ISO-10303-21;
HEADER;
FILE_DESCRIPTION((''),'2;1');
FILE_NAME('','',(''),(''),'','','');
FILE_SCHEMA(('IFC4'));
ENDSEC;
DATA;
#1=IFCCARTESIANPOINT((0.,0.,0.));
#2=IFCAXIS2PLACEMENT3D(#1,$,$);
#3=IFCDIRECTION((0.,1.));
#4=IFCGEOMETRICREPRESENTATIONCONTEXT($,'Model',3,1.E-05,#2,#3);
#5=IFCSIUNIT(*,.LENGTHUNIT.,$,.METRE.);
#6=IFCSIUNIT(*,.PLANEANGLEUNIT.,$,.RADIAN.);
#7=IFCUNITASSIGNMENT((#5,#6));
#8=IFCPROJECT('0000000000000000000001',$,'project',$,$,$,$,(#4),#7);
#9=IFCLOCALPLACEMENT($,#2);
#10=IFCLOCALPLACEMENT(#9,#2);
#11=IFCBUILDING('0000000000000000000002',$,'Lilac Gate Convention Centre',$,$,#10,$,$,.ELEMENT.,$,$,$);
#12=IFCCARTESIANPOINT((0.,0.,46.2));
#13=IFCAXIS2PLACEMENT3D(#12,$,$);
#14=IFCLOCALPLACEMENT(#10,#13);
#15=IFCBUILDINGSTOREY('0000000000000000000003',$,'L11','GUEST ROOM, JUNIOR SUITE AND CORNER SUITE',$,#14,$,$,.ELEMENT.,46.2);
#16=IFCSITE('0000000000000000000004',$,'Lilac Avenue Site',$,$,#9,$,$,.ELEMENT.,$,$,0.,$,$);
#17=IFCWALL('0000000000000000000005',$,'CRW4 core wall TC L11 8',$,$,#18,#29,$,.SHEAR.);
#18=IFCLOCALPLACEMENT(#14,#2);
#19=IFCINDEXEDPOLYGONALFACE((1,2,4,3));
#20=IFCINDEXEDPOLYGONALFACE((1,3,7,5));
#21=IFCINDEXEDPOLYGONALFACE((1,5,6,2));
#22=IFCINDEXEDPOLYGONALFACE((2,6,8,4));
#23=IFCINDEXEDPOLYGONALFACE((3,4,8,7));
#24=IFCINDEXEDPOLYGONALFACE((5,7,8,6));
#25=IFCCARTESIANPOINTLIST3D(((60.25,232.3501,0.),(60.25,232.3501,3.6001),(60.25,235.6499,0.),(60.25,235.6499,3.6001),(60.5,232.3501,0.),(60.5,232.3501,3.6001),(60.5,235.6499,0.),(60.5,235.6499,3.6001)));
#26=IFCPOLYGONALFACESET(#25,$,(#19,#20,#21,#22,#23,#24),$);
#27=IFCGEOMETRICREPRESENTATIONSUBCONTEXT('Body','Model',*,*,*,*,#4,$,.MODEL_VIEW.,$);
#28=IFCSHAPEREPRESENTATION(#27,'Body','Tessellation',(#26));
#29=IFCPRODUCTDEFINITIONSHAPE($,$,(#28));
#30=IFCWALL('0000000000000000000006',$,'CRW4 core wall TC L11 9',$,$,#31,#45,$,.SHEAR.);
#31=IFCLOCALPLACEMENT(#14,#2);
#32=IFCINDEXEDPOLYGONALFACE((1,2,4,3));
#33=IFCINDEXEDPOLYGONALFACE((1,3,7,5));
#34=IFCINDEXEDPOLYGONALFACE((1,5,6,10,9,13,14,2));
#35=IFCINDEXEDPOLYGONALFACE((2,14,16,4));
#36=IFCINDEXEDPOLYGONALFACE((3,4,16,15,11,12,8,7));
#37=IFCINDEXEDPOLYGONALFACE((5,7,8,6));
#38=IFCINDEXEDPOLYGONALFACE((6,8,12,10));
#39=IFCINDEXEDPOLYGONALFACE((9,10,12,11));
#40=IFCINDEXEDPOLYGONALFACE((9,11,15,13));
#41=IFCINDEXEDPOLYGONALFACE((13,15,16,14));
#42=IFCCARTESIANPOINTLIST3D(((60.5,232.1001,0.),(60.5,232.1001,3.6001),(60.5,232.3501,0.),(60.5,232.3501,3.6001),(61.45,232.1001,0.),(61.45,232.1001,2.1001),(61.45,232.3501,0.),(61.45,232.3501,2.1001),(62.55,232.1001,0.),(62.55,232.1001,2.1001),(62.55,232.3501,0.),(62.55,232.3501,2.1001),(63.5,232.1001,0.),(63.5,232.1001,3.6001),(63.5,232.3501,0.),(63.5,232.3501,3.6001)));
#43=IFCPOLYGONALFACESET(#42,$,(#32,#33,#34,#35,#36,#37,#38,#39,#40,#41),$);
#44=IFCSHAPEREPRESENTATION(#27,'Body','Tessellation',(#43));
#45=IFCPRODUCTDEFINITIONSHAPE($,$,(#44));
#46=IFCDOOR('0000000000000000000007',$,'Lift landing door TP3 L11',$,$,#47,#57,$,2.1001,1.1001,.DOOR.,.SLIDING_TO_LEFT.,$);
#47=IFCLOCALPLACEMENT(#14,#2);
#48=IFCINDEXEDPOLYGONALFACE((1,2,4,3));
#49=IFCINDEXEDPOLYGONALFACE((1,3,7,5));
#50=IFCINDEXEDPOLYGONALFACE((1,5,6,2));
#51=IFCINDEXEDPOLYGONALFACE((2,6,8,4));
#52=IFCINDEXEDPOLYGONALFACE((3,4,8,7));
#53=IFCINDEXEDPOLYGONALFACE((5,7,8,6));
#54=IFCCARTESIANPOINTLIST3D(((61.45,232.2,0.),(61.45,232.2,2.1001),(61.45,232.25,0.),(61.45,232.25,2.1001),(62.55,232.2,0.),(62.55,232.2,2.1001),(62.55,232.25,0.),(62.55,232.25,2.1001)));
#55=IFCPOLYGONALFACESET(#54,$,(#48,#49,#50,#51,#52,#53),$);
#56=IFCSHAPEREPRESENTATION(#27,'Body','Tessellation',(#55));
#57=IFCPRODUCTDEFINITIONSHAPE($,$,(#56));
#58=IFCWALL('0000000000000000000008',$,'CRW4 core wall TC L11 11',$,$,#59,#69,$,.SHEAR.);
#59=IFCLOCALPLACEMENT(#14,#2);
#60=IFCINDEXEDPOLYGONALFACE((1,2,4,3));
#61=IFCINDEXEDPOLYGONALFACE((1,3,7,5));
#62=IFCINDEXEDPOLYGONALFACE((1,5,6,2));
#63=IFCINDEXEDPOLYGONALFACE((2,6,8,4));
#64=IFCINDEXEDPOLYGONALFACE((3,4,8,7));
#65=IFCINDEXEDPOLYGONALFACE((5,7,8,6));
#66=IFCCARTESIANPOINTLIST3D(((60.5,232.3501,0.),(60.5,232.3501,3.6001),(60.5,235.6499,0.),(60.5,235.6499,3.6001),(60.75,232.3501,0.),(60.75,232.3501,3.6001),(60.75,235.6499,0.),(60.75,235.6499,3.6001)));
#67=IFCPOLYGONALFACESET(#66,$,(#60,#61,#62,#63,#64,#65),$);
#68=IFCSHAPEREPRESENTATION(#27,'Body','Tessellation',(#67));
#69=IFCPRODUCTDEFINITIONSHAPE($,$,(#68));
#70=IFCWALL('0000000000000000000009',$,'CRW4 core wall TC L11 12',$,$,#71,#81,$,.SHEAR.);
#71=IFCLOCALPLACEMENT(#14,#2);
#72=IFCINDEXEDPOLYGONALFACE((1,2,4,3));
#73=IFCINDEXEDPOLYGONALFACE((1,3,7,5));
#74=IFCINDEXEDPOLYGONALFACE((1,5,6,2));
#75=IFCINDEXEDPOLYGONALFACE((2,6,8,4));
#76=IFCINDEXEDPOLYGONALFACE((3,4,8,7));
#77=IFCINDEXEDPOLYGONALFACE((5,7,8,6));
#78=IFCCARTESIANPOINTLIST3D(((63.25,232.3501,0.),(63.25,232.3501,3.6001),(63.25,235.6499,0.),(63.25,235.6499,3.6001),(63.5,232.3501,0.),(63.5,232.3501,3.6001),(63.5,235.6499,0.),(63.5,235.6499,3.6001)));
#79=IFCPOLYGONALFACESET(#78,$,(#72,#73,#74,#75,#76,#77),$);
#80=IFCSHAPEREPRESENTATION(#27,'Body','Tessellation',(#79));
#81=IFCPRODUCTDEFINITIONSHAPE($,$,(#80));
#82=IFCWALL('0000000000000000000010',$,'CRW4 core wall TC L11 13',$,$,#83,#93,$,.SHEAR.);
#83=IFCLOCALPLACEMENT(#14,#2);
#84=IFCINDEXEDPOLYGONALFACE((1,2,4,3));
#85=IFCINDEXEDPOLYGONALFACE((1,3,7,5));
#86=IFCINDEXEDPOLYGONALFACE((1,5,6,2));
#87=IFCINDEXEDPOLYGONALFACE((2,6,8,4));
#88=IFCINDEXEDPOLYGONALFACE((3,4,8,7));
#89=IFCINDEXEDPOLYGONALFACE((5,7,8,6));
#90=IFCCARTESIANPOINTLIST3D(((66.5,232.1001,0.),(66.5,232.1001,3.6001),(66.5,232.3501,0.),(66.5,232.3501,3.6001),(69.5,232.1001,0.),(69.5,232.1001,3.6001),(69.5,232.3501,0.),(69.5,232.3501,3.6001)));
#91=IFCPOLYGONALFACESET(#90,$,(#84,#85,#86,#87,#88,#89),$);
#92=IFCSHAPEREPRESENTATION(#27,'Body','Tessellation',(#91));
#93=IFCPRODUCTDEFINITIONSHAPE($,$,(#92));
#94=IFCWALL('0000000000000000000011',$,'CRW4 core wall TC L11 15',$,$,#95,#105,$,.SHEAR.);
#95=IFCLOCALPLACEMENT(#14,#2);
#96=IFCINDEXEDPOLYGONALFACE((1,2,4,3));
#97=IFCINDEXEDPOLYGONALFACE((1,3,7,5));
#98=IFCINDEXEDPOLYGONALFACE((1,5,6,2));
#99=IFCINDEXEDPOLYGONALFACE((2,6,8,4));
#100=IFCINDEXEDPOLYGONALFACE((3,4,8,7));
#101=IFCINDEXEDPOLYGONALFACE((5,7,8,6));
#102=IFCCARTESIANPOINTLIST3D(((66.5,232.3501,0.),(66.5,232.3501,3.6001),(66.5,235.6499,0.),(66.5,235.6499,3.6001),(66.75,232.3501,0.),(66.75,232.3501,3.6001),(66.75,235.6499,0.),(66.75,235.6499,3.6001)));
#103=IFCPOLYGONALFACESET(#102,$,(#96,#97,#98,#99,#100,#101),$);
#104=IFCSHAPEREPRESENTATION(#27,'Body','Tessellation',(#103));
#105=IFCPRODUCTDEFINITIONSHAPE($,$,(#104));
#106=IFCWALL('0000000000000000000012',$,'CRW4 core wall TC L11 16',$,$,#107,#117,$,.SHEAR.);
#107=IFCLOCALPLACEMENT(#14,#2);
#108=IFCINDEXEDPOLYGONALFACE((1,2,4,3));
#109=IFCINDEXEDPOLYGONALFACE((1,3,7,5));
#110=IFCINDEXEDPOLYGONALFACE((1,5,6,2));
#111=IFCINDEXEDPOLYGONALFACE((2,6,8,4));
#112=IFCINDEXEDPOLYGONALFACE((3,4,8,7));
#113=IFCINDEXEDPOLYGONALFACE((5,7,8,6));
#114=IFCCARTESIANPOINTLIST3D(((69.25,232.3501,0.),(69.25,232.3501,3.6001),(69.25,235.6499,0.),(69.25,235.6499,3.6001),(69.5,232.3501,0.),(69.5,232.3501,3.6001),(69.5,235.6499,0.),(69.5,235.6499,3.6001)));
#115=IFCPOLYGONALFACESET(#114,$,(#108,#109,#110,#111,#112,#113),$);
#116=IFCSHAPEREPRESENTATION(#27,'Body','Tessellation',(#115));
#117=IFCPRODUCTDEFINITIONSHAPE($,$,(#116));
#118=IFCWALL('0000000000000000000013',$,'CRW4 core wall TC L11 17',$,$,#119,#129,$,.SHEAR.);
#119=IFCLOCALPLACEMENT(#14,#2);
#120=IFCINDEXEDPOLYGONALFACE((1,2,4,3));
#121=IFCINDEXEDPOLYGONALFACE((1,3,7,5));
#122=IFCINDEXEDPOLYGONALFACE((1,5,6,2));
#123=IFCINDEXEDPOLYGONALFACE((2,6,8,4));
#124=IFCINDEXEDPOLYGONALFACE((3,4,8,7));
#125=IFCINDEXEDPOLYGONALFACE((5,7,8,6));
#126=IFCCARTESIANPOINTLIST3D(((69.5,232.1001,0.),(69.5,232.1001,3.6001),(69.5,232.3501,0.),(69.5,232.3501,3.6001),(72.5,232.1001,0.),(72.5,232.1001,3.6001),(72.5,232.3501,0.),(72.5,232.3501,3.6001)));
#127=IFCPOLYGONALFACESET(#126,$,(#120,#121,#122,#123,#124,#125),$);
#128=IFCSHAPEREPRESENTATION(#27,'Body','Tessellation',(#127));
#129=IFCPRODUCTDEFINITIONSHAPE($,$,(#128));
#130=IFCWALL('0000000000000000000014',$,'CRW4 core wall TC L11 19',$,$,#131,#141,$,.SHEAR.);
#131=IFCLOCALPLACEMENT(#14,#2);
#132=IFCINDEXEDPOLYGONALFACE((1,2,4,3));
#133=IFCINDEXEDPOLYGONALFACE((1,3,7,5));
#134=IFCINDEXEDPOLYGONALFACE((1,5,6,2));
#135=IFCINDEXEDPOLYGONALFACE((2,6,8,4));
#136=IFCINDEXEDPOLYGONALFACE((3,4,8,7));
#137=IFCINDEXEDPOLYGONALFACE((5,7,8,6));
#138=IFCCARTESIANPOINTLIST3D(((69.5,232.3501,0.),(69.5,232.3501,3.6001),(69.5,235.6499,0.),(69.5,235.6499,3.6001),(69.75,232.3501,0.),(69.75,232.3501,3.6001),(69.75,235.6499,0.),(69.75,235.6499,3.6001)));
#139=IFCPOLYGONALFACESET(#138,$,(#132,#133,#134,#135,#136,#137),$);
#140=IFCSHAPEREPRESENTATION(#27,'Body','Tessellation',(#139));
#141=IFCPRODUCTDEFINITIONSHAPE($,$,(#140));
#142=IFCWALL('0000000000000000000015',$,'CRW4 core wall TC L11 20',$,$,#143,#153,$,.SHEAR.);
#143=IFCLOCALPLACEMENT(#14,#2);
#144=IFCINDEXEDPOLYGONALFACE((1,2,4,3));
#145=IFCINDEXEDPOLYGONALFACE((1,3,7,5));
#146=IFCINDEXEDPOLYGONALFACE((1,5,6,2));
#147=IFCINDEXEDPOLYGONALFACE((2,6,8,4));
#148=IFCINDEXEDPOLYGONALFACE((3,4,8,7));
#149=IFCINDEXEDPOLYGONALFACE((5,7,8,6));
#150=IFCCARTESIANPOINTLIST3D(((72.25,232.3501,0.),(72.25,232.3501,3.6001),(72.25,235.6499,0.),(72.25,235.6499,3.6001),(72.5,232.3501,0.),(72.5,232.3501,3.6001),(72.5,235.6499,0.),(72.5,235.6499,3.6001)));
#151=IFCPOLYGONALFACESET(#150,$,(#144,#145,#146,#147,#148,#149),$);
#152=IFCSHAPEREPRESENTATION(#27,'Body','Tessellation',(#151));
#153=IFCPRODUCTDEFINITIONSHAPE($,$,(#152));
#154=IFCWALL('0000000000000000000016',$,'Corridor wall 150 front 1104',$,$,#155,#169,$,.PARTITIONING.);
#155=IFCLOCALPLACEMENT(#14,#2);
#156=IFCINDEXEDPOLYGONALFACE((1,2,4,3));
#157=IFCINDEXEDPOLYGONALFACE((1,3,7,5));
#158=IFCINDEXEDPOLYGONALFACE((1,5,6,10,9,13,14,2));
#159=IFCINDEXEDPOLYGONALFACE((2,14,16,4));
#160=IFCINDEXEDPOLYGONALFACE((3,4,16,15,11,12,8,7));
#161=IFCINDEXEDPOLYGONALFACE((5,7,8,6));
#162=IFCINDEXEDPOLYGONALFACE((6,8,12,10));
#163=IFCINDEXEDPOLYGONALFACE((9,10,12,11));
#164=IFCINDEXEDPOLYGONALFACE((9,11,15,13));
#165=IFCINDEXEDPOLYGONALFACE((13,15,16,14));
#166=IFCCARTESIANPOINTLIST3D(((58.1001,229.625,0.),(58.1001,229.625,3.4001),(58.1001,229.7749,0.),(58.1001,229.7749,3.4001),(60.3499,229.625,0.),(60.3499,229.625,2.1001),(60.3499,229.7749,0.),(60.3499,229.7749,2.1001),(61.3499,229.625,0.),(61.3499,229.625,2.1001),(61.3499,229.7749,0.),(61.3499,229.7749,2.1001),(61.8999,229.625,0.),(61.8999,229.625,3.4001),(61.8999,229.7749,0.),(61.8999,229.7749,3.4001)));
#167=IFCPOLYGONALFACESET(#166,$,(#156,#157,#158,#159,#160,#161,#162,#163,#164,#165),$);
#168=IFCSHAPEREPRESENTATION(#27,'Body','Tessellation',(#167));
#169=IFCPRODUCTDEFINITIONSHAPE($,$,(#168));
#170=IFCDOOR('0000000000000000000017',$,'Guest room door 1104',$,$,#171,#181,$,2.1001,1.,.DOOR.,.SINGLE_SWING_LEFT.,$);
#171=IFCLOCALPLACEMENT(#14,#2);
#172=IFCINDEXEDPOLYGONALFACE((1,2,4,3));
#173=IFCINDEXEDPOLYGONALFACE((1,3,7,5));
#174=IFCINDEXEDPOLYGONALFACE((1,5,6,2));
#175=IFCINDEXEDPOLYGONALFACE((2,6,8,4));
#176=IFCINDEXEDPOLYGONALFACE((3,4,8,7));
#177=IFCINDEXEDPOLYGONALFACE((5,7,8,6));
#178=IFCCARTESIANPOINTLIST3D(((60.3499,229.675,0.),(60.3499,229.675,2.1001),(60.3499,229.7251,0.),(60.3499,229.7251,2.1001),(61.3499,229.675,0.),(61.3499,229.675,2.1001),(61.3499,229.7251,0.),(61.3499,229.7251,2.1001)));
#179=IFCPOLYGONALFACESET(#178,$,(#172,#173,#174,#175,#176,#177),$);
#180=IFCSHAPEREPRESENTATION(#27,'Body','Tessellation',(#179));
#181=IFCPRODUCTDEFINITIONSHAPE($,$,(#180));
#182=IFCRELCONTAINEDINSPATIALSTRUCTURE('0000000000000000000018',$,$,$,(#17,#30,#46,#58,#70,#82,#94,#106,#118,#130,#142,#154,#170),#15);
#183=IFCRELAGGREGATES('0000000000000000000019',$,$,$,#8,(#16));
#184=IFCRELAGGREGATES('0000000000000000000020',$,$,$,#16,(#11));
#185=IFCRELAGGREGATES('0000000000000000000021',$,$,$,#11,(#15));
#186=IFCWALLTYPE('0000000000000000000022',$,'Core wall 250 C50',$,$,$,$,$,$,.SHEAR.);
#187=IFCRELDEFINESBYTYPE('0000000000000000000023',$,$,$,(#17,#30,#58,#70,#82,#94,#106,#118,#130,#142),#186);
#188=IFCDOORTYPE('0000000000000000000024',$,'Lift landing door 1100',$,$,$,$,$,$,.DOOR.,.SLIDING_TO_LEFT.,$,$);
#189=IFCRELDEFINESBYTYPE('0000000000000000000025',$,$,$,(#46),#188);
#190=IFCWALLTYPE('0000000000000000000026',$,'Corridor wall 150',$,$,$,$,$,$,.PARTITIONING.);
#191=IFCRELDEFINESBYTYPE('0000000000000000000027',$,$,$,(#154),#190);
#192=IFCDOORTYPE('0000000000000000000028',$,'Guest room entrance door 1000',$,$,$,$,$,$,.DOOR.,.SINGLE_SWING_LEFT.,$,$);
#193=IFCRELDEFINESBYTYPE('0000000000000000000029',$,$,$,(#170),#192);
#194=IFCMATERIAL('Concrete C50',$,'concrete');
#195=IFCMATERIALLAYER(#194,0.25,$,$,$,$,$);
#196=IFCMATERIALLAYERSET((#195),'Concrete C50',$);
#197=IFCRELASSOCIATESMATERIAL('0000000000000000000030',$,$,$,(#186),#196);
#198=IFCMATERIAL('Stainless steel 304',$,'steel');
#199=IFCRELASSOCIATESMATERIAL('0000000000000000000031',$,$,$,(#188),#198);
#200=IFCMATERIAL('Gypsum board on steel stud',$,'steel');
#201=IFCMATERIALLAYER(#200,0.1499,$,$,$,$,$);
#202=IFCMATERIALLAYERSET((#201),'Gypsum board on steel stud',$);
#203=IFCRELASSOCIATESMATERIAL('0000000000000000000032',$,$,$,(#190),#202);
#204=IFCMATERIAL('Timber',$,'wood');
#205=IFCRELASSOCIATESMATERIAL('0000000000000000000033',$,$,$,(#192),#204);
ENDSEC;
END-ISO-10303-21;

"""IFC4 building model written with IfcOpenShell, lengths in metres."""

from ifc_helpers import new_model, si_unit, direction, frame, frame_2d, origin, place, context, subcontext, project, spatial, rectangle, extrude, material, layer, layer_set, type_object, element, fill, save


model = new_model("IFC4")

# Units and contexts
model_context = context("Model", 3, precision=1e-05, world=origin(), true_north=direction((0.0, 1.0)))
body_context = subcontext(model_context, "Body", "Model", "MODEL_VIEW")
ifc_project = project(units=[si_unit("LENGTHUNIT", "METRE"), si_unit("PLANEANGLEUNIT", "RADIAN")], contexts=[model_context])

# Site, building, storey
site_placement = place(None, origin())
site = spatial("IfcSite", under=ifc_project, at=site_placement, Name="Lilac Avenue Site", CompositionType="ELEMENT", RefElevation=0.0)
building_placement = place(site_placement, origin())
building = spatial("IfcBuilding", under=site, at=building_placement, Name="Lilac Gate Convention Centre", CompositionType="ELEMENT")
storey_placement = place(building_placement, frame((0.0, 0.0, 46.2)))
storey = spatial("IfcBuildingStorey", under=building, at=storey_placement, Name="L11", Description="GUEST ROOM, JUNIOR SUITE AND CORNER SUITE", CompositionType="ELEMENT", Elevation=46.2)

# Wall
ifc_material_1 = material(Name="Concrete C50", Category="concrete")
ifc_layer_1 = layer(ifc_material_1, 0.25)
ifc_layer_set_1 = layer_set([ifc_layer_1], Name="Concrete C50")
wall_type_1 = type_object("IfcWallType", Name="Core wall 250 C50", PredefinedType="SHEAR", material=ifc_layer_set_1)
wall_1_placement = place(storey_placement, frame((60.375, 232.3501, 0.0), z_axis=(0.0, 0.0, 1.0), x_axis=(0.0, 1.0, 0.0)))
element("IfcWall", 1, at=wall_1_placement, inside=storey, type_object=wall_type_1, Name="CRW4 core wall TC L11 8", PredefinedType="SHEAR", context=body_context, shape_type="SweptSolid", body=[
    extrude(rectangle(XDim=3.2998, YDim=0.25, at=frame_2d((1.6499, 0.0))), origin(), (0.0, 0.0, 1.0), 3.6001),
])

# Wall, opening, door
wall_2_placement = place(storey_placement, frame((60.5, 232.2251, 0.0), z_axis=(0.0, 0.0, 1.0), x_axis=(1.0, 0.0, 0.0)))
wall_2 = element("IfcWall", 2, at=wall_2_placement, inside=storey, type_object=wall_type_1, Name="CRW4 core wall TC L11 9", PredefinedType="SHEAR", context=body_context, shape_type="SweptSolid", body=[
    extrude(rectangle(XDim=3.0, YDim=0.25, at=frame_2d((1.5, 0.0))), origin(), (0.0, 0.0, 1.0), 3.6001),
])
opening_1_placement = place(wall_2_placement, frame((0.95, 0.0, 0.0)))
opening_1 = element("IfcOpeningElement", 3, at=opening_1_placement, cuts=wall_2, PredefinedType="OPENING", context=body_context, shape_type="SweptSolid", body=[
    extrude(rectangle(XDim=1.1001, YDim=2.1001, at=frame_2d((0.55, 1.05))), frame((0.0, 0.135, 0.0), z_axis=(0.0, -1.0, 0.0), x_axis=(1.0, 0.0, 0.0)), (0.0, 0.0, 1.0), 0.27),
])
ifc_material_2 = material(Name="Stainless steel 304", Category="steel")
door_type_1 = type_object("IfcDoorType", Name="Lift landing door 1100", OperationType="SLIDING_TO_LEFT", PredefinedType="DOOR", material=ifc_material_2)
door_1_placement = place(opening_1_placement, origin())
door_1 = element("IfcDoor", 4, at=door_1_placement, inside=storey, type_object=door_type_1, Name="Lift landing door TP3 L11", OperationType="SLIDING_TO_LEFT", OverallHeight=2.1001, OverallWidth=1.1001, PredefinedType="DOOR", context=body_context, shape_type="SweptSolid", body=[
    extrude(rectangle(XDim=1.1001, YDim=2.1001, at=frame_2d((0.55, 1.05))), frame((0.0, 0.0249, 0.0), z_axis=(0.0, -1.0, 0.0), x_axis=(1.0, 0.0, 0.0)), (0.0, 0.0, 1.0), 0.05),
])
fill(opening_1, door_1)

# Walls
for number, where, z_axis, x_axis, name in (
    (5, (60.625, 232.3501, 0.0), (0.0, 0.0, 1.0), (0.0, 1.0, 0.0), "CRW4 core wall TC L11 11"),
    (6, (63.375, 232.3501, 0.0), (0.0, 0.0, 1.0), (0.0, 1.0, 0.0), "CRW4 core wall TC L11 12"),
):
    element("IfcWall", number, at=place(storey_placement, frame(where, z_axis=z_axis, x_axis=x_axis)), inside=storey, type_object=wall_type_1, Name=name, PredefinedType="SHEAR", context=body_context, shape_type="SweptSolid", body=[
        extrude(rectangle(XDim=3.2998, YDim=0.25, at=frame_2d((1.6499, 0.0))), origin(), (0.0, 0.0, 1.0), 3.6001),
    ])
wall_3_placement = place(storey_placement, frame((66.5, 232.2251, 0.0), z_axis=(0.0, 0.0, 1.0), x_axis=(1.0, 0.0, 0.0)))
element("IfcWall", 7, at=wall_3_placement, inside=storey, type_object=wall_type_1, Name="CRW4 core wall TC L11 13", PredefinedType="SHEAR", context=body_context, shape_type="SweptSolid", body=[
    extrude(rectangle(XDim=3.0, YDim=0.25, at=frame_2d((1.5, 0.0))), origin(), (0.0, 0.0, 1.0), 3.6001),
])
for number, where, z_axis, x_axis, name in (
    (8, (66.625, 232.3501, 0.0), (0.0, 0.0, 1.0), (0.0, 1.0, 0.0), "CRW4 core wall TC L11 15"),
    (9, (69.375, 232.3501, 0.0), (0.0, 0.0, 1.0), (0.0, 1.0, 0.0), "CRW4 core wall TC L11 16"),
):
    element("IfcWall", number, at=place(storey_placement, frame(where, z_axis=z_axis, x_axis=x_axis)), inside=storey, type_object=wall_type_1, Name=name, PredefinedType="SHEAR", context=body_context, shape_type="SweptSolid", body=[
        extrude(rectangle(XDim=3.2998, YDim=0.25, at=frame_2d((1.6499, 0.0))), origin(), (0.0, 0.0, 1.0), 3.6001),
    ])
wall_4_placement = place(storey_placement, frame((69.5, 232.2251, 0.0), z_axis=(0.0, 0.0, 1.0), x_axis=(1.0, 0.0, 0.0)))
element("IfcWall", 10, at=wall_4_placement, inside=storey, type_object=wall_type_1, Name="CRW4 core wall TC L11 17", PredefinedType="SHEAR", context=body_context, shape_type="SweptSolid", body=[
    extrude(rectangle(XDim=3.0, YDim=0.25, at=frame_2d((1.5, 0.0))), origin(), (0.0, 0.0, 1.0), 3.6001),
])
for number, where, z_axis, x_axis, name in (
    (11, (69.625, 232.3501, 0.0), (0.0, 0.0, 1.0), (0.0, 1.0, 0.0), "CRW4 core wall TC L11 19"),
    (12, (72.375, 232.3501, 0.0), (0.0, 0.0, 1.0), (0.0, 1.0, 0.0), "CRW4 core wall TC L11 20"),
):
    element("IfcWall", number, at=place(storey_placement, frame(where, z_axis=z_axis, x_axis=x_axis)), inside=storey, type_object=wall_type_1, Name=name, PredefinedType="SHEAR", context=body_context, shape_type="SweptSolid", body=[
        extrude(rectangle(XDim=3.2998, YDim=0.25, at=frame_2d((1.6499, 0.0))), origin(), (0.0, 0.0, 1.0), 3.6001),
    ])

# Wall, opening, door
ifc_material_3 = material(Name="Gypsum board on steel stud", Category="steel")
ifc_layer_2 = layer(ifc_material_3, 0.1499)
ifc_layer_set_2 = layer_set([ifc_layer_2], Name="Gypsum board on steel stud")
wall_type_2 = type_object("IfcWallType", Name="Corridor wall 150", PredefinedType="PARTITIONING", material=ifc_layer_set_2)
wall_5_placement = place(storey_placement, frame((61.8999, 229.7, 0.0), z_axis=(0.0, 0.0, 1.0), x_axis=(-1.0, 0.0, 0.0)))
wall_5 = element("IfcWall", 13, at=wall_5_placement, inside=storey, type_object=wall_type_2, Name="Corridor wall 150 front 1104", PredefinedType="PARTITIONING", context=body_context, shape_type="SweptSolid", body=[
    extrude(rectangle(XDim=3.7998, YDim=0.1499, at=frame_2d((1.8999, 0.0))), origin(), (0.0, 0.0, 1.0), 3.4001),
])
opening_2_placement = place(wall_5_placement, frame((0.55, 0.0, 0.0)))
opening_2 = element("IfcOpeningElement", 14, at=opening_2_placement, cuts=wall_5, PredefinedType="OPENING", context=body_context, shape_type="SweptSolid", body=[
    extrude(rectangle(XDim=1.0, YDim=2.1001, at=frame_2d((0.5, 1.05))), frame((0.0, 0.085, 0.0), z_axis=(0.0, -1.0, 0.0), x_axis=(1.0, 0.0, 0.0)), (0.0, 0.0, 1.0), 0.1699),
])
ifc_material_4 = material(Name="Timber", Category="wood")
door_type_2 = type_object("IfcDoorType", Name="Guest room entrance door 1000", OperationType="SINGLE_SWING_LEFT", PredefinedType="DOOR", material=ifc_material_4)
door_2_placement = place(opening_2_placement, origin())
door_2 = element("IfcDoor", 15, at=door_2_placement, inside=storey, type_object=door_type_2, Name="Guest room door 1104", OperationType="SINGLE_SWING_LEFT", OverallHeight=2.1001, OverallWidth=1.0, PredefinedType="DOOR", context=body_context, shape_type="SweptSolid", body=[
    extrude(rectangle(XDim=1.0, YDim=2.1001, at=frame_2d((0.5, 1.05))), frame((0.0, 0.0249, 0.0), z_axis=(0.0, -1.0, 0.0), x_axis=(1.0, 0.0, 0.0)), (0.0, 0.0, 1.0), 0.05),
])
fill(opening_2, door_2)

save(model, "model.ifc")
